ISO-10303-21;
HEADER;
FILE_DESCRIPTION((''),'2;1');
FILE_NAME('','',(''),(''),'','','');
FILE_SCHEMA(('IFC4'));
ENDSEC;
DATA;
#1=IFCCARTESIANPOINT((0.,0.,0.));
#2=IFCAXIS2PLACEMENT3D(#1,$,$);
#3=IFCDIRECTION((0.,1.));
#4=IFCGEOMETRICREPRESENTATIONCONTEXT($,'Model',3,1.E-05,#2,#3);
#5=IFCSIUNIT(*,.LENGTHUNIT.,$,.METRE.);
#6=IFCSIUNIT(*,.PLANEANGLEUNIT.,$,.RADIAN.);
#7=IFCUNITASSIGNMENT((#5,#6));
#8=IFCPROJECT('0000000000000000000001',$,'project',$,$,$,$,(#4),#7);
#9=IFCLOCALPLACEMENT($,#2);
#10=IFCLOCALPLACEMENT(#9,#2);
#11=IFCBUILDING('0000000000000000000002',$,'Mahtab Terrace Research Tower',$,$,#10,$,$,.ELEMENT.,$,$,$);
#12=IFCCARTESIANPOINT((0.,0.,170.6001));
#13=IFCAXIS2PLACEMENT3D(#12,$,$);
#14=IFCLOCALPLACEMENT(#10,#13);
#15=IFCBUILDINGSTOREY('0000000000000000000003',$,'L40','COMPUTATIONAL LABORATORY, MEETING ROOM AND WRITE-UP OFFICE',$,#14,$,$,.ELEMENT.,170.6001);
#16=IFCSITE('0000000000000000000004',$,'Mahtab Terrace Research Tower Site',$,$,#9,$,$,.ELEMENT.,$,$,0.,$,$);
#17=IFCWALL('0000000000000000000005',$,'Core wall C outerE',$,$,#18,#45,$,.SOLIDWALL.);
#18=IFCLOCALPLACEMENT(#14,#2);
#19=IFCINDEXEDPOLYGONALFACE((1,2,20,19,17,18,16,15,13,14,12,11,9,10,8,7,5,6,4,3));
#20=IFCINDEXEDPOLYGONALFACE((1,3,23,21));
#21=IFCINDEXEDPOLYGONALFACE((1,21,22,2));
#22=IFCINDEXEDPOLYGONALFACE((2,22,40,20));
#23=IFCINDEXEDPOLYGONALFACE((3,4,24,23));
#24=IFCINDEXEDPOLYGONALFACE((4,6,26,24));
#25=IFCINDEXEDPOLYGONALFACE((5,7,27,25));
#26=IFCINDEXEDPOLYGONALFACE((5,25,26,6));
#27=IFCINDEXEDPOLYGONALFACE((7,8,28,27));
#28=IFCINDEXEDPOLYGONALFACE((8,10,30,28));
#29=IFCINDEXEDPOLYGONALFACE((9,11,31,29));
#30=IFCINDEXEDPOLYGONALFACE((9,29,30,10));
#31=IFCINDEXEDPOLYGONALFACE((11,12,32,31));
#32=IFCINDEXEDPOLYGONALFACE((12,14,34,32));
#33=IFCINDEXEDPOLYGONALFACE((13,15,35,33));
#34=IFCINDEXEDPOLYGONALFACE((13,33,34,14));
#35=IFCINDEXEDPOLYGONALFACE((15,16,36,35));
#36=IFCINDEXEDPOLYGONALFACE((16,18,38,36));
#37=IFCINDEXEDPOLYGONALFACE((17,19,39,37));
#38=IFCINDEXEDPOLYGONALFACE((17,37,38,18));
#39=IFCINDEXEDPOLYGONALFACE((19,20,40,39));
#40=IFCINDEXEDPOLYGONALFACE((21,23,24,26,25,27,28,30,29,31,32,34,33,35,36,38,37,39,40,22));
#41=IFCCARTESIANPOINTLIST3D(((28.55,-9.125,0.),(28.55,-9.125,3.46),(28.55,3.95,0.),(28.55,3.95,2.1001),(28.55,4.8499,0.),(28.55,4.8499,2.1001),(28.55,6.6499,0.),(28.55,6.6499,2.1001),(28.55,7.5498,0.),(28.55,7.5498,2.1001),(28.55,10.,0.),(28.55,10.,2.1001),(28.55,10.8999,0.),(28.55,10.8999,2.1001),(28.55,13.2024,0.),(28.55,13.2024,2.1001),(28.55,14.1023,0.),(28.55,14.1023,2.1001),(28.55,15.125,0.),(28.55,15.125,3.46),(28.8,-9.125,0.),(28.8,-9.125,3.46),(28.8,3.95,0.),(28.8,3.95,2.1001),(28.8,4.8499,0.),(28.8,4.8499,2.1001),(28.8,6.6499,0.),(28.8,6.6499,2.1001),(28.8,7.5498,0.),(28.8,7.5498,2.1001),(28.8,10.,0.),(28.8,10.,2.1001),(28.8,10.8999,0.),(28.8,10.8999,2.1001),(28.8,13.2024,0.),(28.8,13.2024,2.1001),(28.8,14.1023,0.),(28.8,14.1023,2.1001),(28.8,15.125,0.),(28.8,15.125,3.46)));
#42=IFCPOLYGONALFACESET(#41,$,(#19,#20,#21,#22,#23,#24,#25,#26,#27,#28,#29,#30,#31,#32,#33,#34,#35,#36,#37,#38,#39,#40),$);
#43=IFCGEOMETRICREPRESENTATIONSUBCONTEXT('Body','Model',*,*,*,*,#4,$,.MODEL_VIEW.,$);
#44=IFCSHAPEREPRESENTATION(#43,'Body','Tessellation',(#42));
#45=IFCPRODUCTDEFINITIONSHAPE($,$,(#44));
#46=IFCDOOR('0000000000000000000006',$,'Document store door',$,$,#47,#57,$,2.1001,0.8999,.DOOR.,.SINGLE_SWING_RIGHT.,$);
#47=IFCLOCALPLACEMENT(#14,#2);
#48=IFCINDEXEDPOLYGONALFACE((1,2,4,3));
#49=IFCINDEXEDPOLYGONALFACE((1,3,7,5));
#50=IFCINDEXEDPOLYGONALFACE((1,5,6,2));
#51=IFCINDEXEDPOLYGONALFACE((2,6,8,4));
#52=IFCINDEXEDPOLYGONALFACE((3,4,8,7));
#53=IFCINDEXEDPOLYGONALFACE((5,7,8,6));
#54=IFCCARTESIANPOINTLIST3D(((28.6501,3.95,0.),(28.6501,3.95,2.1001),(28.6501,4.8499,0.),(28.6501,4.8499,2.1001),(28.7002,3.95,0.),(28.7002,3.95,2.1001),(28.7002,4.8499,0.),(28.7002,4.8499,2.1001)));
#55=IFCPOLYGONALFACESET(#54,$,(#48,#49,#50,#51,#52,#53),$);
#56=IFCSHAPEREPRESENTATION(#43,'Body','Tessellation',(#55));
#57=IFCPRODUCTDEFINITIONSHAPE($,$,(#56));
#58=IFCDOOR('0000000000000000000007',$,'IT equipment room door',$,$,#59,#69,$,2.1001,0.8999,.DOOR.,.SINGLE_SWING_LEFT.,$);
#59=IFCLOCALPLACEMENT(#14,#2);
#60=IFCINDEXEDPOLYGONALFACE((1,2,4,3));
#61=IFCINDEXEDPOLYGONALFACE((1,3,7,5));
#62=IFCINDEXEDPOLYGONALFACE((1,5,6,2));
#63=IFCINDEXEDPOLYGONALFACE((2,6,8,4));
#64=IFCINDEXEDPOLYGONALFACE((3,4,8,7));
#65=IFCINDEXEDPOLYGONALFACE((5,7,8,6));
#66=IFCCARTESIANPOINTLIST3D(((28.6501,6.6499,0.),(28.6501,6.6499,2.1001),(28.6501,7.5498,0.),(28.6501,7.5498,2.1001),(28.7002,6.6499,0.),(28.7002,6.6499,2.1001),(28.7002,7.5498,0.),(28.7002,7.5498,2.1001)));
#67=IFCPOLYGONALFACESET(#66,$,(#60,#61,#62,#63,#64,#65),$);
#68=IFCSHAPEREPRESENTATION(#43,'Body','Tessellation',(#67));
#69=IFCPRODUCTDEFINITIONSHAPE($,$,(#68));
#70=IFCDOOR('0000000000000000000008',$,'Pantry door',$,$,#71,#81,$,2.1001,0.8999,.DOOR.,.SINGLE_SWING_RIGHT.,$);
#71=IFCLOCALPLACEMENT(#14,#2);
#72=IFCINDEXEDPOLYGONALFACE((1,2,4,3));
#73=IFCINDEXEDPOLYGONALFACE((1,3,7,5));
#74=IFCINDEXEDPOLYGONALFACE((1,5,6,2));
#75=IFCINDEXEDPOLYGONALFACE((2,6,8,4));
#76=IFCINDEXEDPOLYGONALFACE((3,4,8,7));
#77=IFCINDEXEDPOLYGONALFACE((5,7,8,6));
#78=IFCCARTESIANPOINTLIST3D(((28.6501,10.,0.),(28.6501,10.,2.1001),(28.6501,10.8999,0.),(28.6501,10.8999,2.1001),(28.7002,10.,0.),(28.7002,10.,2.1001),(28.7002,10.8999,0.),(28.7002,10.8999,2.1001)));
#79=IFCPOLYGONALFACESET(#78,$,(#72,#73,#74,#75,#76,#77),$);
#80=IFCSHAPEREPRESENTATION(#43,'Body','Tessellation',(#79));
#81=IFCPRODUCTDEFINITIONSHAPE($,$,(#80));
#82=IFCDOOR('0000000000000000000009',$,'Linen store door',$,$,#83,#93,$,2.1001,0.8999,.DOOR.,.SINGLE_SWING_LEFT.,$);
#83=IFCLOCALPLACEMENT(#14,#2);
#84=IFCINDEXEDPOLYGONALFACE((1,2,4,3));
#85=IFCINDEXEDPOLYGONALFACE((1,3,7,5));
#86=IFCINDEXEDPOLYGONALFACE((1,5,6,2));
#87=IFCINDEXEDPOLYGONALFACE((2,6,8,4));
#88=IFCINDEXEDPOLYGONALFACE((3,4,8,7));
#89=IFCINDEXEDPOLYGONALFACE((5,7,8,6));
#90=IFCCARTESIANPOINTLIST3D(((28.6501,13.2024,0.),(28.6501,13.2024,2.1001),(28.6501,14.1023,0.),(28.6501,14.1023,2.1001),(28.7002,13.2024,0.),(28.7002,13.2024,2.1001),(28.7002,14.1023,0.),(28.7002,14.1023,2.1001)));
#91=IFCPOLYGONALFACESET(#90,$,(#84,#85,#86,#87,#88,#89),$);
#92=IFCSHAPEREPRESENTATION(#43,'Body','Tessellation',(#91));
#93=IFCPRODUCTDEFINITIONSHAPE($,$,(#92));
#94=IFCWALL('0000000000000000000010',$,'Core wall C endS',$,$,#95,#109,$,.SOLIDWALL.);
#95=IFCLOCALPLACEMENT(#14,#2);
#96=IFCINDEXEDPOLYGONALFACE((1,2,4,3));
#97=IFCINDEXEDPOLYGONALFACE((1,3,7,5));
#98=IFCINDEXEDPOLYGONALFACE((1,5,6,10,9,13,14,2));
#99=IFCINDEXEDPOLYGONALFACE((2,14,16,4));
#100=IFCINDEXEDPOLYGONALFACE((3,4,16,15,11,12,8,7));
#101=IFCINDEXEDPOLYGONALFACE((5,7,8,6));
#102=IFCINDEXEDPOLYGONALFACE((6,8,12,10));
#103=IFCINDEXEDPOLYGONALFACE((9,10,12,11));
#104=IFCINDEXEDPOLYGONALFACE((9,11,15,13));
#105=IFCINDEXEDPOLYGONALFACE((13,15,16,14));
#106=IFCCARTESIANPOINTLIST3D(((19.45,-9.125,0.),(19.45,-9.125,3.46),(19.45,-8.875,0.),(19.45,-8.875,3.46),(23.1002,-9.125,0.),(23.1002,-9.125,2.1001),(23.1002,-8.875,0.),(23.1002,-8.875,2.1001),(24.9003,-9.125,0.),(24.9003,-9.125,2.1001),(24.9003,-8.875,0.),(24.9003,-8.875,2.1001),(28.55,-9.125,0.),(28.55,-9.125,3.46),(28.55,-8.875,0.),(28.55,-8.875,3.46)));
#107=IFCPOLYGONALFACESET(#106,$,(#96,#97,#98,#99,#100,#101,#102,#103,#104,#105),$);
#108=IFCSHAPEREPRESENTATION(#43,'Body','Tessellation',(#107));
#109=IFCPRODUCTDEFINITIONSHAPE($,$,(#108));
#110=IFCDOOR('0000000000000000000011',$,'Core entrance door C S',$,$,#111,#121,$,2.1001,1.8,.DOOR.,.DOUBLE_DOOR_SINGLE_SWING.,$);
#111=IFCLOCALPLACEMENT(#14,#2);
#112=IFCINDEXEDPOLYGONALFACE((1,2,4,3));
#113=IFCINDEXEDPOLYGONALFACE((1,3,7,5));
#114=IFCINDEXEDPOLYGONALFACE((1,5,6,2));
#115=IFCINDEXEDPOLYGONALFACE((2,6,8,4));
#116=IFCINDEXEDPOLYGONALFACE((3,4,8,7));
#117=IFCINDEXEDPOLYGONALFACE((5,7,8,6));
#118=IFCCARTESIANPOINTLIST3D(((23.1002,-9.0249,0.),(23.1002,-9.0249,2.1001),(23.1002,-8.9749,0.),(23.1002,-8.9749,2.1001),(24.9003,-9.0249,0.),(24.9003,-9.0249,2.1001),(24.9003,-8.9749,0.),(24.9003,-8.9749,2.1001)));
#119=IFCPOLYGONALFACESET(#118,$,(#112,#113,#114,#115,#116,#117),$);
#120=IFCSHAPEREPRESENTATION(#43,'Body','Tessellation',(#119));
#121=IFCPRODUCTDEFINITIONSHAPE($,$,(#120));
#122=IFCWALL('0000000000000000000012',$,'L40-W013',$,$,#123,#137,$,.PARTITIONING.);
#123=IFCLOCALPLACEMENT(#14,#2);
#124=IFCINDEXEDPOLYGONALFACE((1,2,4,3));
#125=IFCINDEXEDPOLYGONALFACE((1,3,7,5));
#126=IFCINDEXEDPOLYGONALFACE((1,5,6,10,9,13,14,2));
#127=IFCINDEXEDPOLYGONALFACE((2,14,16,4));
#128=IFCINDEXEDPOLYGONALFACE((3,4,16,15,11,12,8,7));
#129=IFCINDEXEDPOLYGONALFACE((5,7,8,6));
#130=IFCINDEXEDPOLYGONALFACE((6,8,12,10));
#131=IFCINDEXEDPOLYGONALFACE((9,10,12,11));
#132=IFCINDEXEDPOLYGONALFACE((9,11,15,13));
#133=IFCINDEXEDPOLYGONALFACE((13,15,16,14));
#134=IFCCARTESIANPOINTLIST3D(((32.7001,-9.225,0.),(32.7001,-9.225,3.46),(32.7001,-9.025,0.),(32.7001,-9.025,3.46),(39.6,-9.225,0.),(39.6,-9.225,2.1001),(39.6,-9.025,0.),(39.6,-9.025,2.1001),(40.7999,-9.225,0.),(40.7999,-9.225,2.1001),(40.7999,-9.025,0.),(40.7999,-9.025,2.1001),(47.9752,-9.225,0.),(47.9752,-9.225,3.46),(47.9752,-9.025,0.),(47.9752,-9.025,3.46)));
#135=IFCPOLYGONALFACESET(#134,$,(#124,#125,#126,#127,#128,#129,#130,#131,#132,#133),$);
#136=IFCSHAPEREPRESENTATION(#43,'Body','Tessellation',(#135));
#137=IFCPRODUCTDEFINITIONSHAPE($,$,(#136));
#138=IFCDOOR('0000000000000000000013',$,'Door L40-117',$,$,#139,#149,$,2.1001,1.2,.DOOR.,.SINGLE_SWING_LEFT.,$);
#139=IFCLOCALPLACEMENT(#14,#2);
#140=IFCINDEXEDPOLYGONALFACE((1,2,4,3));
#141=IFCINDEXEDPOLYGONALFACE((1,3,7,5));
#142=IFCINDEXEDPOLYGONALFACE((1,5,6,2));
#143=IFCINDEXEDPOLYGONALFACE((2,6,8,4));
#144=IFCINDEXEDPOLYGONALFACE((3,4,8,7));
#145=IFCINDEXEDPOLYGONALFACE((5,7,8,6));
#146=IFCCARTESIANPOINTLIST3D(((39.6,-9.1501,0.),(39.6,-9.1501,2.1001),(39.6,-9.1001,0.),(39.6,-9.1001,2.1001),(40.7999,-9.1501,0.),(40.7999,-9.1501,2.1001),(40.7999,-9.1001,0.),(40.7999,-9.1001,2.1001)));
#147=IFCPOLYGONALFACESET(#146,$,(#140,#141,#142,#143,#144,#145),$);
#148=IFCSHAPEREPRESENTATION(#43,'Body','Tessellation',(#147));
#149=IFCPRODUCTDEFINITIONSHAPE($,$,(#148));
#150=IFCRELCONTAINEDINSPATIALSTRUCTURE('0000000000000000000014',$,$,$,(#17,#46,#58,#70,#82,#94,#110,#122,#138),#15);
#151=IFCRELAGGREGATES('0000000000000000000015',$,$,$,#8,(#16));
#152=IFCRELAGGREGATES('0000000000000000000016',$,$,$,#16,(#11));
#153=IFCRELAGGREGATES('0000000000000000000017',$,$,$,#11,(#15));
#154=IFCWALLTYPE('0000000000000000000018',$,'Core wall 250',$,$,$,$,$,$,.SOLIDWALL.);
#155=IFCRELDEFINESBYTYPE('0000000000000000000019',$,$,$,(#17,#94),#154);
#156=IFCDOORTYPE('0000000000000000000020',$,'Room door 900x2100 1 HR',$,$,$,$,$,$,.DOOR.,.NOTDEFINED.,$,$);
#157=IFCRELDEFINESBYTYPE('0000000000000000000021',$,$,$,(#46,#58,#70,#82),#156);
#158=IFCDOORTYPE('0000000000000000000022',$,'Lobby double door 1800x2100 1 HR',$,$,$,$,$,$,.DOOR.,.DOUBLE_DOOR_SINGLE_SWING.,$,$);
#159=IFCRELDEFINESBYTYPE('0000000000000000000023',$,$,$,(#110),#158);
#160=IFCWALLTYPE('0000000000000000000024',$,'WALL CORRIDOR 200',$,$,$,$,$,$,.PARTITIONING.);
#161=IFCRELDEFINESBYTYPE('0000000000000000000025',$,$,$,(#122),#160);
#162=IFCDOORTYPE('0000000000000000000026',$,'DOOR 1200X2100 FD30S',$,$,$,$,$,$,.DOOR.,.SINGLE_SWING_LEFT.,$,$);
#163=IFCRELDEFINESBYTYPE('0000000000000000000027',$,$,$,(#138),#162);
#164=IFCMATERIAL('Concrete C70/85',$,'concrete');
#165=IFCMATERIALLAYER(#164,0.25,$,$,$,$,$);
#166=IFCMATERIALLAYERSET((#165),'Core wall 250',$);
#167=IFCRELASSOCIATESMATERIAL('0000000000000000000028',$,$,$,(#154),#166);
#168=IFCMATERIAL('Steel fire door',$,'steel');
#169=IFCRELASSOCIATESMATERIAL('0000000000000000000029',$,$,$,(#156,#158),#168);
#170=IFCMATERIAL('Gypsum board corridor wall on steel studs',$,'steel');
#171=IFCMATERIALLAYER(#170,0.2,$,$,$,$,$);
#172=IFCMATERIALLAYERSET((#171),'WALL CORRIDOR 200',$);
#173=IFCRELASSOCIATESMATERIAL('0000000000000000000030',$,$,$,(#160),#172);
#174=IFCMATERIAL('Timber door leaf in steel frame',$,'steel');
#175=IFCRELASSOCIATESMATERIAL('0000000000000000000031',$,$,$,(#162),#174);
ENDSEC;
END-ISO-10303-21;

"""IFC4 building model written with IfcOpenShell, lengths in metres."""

from ifc_helpers import new_model, si_unit, direction, frame, frame_2d, origin, place, context, subcontext, project, spatial, rectangle, extrude, material, layer, layer_set, type_object, element, fill, save


model = new_model("IFC4")

# Units and contexts
model_context = context("Model", 3, precision=1e-05, world=origin(), true_north=direction((0.0, 1.0)))
body_context = subcontext(model_context, "Body", "Model", "MODEL_VIEW")
ifc_project = project(units=[si_unit("LENGTHUNIT", "METRE"), si_unit("PLANEANGLEUNIT", "RADIAN")], contexts=[model_context])

# Site, building, storey
site_placement = place(None, origin())
site = spatial("IfcSite", under=ifc_project, at=site_placement, Name="Mahtab Terrace Research Tower Site", CompositionType="ELEMENT", RefElevation=0.0)
building_placement = place(site_placement, origin())
building = spatial("IfcBuilding", under=site, at=building_placement, Name="Mahtab Terrace Research Tower", CompositionType="ELEMENT")
storey_placement = place(building_placement, frame((0.0, 0.0, 170.6001)))
storey = spatial("IfcBuildingStorey", under=building, at=storey_placement, Name="L40", Description="COMPUTATIONAL LABORATORY, MEETING ROOM AND WRITE-UP OFFICE", CompositionType="ELEMENT", Elevation=170.6001)

# Wall, openings, doors
ifc_material_1 = material(Name="Concrete C70/85", Category="concrete")
ifc_layer_1 = layer(ifc_material_1, 0.25)
ifc_layer_set_1 = layer_set([ifc_layer_1], Name="Core wall 250")
wall_type_1 = type_object("IfcWallType", Name="Core wall 250", PredefinedType="SOLIDWALL", material=ifc_layer_set_1)
wall_1_placement = place(storey_placement, frame((28.675, -9.125, 0.0), z_axis=(0.0, 0.0, 1.0), x_axis=(0.0, 1.0, 0.0)))
wall_1 = element("IfcWall", 1, at=wall_1_placement, inside=storey, type_object=wall_type_1, Name="Core wall C outerE", PredefinedType="SOLIDWALL", context=body_context, shape_type="SweptSolid", body=[
    extrude(rectangle(XDim=24.25, YDim=0.25, at=frame_2d((12.125, 0.0))), origin(), (0.0, 0.0, 1.0), 3.46),
])
opening_1_placement = place(wall_1_placement, frame((13.075, 0.0, 0.0)))
opening_1 = element("IfcOpeningElement", 2, at=opening_1_placement, cuts=wall_1, PredefinedType="OPENING", context=body_context, shape_type="SweptSolid", body=[
    extrude(rectangle(XDim=0.8999, YDim=2.1001, at=frame_2d((0.45, 1.05))), frame((0.0, 0.135, 0.0), z_axis=(0.0, -1.0, 0.0), x_axis=(1.0, 0.0, 0.0)), (0.0, 0.0, 1.0), 0.27),
])
opening_2_placement = place(wall_1_placement, frame((15.7749, 0.0, 0.0)))
opening_2 = element("IfcOpeningElement", 3, at=opening_2_placement, cuts=wall_1, PredefinedType="OPENING", context=body_context, shape_type="SweptSolid", body=[
    extrude(rectangle(XDim=0.8999, YDim=2.1001, at=frame_2d((0.45, 1.05))), frame((0.0, 0.135, 0.0), z_axis=(0.0, -1.0, 0.0), x_axis=(1.0, 0.0, 0.0)), (0.0, 0.0, 1.0), 0.27),
])
opening_3_placement = place(wall_1_placement, frame((19.125, 0.0, 0.0)))
opening_3 = element("IfcOpeningElement", 4, at=opening_3_placement, cuts=wall_1, PredefinedType="OPENING", context=body_context, shape_type="SweptSolid", body=[
    extrude(rectangle(XDim=0.8999, YDim=2.1001, at=frame_2d((0.45, 1.05))), frame((0.0, 0.135, 0.0), z_axis=(0.0, -1.0, 0.0), x_axis=(1.0, 0.0, 0.0)), (0.0, 0.0, 1.0), 0.27),
])
opening_4_placement = place(wall_1_placement, frame((22.3274, 0.0, 0.0)))
opening_4 = element("IfcOpeningElement", 5, at=opening_4_placement, cuts=wall_1, PredefinedType="OPENING", context=body_context, shape_type="SweptSolid", body=[
    extrude(rectangle(XDim=0.8999, YDim=2.1001, at=frame_2d((0.45, 1.05))), frame((0.0, 0.135, 0.0), z_axis=(0.0, -1.0, 0.0), x_axis=(1.0, 0.0, 0.0)), (0.0, 0.0, 1.0), 0.27),
])
ifc_material_2 = material(Name="Steel fire door", Category="steel")
door_type_1 = type_object("IfcDoorType", Name="Room door 900x2100 1 HR", OperationType="NOTDEFINED", PredefinedType="DOOR", material=ifc_material_2)
door_1_placement = place(opening_1_placement, origin())
door_1 = element("IfcDoor", 6, at=door_1_placement, inside=storey, type_object=door_type_1, Name="Document store door", OperationType="SINGLE_SWING_RIGHT", OverallHeight=2.1001, OverallWidth=0.8999, PredefinedType="DOOR", context=body_context, shape_type="SweptSolid", body=[
    extrude(rectangle(XDim=0.8999, YDim=2.1001, at=frame_2d((0.45, 1.05))), frame((0.0, 0.0249, 0.0), z_axis=(0.0, -1.0, 0.0), x_axis=(1.0, 0.0, 0.0)), (0.0, 0.0, 1.0), 0.05),
])
fill(opening_1, door_1)
door_2_placement = place(opening_2_placement, origin())
door_2 = element("IfcDoor", 7, at=door_2_placement, inside=storey, type_object=door_type_1, Name="IT equipment room door", OperationType="SINGLE_SWING_LEFT", OverallHeight=2.1001, OverallWidth=0.8999, PredefinedType="DOOR", context=body_context, shape_type="SweptSolid", body=[
    extrude(rectangle(XDim=0.8999, YDim=2.1001, at=frame_2d((0.45, 1.05))), frame((0.0, 0.0249, 0.0), z_axis=(0.0, -1.0, 0.0), x_axis=(1.0, 0.0, 0.0)), (0.0, 0.0, 1.0), 0.05),
])
fill(opening_2, door_2)
door_3_placement = place(opening_3_placement, origin())
door_3 = element("IfcDoor", 8, at=door_3_placement, inside=storey, type_object=door_type_1, Name="Pantry door", OperationType="SINGLE_SWING_RIGHT", OverallHeight=2.1001, OverallWidth=0.8999, PredefinedType="DOOR", context=body_context, shape_type="SweptSolid", body=[
    extrude(rectangle(XDim=0.8999, YDim=2.1001, at=frame_2d((0.45, 1.05))), frame((0.0, 0.0249, 0.0), z_axis=(0.0, -1.0, 0.0), x_axis=(1.0, 0.0, 0.0)), (0.0, 0.0, 1.0), 0.05),
])
fill(opening_3, door_3)
door_4_placement = place(opening_4_placement, origin())
door_4 = element("IfcDoor", 9, at=door_4_placement, inside=storey, type_object=door_type_1, Name="Linen store door", OperationType="SINGLE_SWING_LEFT", OverallHeight=2.1001, OverallWidth=0.8999, PredefinedType="DOOR", context=body_context, shape_type="SweptSolid", body=[
    extrude(rectangle(XDim=0.8999, YDim=2.1001, at=frame_2d((0.45, 1.05))), frame((0.0, 0.0249, 0.0), z_axis=(0.0, -1.0, 0.0), x_axis=(1.0, 0.0, 0.0)), (0.0, 0.0, 1.0), 0.05),
])
fill(opening_4, door_4)

# Walls, openings, doors
wall_2_placement = place(storey_placement, frame((28.55, -9.0, 0.0), z_axis=(0.0, 0.0, 1.0), x_axis=(-1.0, 0.0, 0.0)))
wall_2 = element("IfcWall", 10, at=wall_2_placement, inside=storey, type_object=wall_type_1, Name="Core wall C endS", PredefinedType="SOLIDWALL", context=body_context, shape_type="SweptSolid", body=[
    extrude(rectangle(XDim=9.1001, YDim=0.25, at=frame_2d((4.55, 0.0))), origin(), (0.0, 0.0, 1.0), 3.46),
])
opening_5_placement = place(wall_2_placement, frame((3.6499, 0.0, 0.0)))
opening_5 = element("IfcOpeningElement", 11, at=opening_5_placement, cuts=wall_2, PredefinedType="OPENING", context=body_context, shape_type="SweptSolid", body=[
    extrude(rectangle(XDim=1.8, YDim=2.1001, at=frame_2d((0.8999, 1.05))), frame((0.0, 0.135, 0.0), z_axis=(0.0, -1.0, 0.0), x_axis=(1.0, 0.0, 0.0)), (0.0, 0.0, 1.0), 0.27),
])
door_type_2 = type_object("IfcDoorType", Name="Lobby double door 1800x2100 1 HR", OperationType="DOUBLE_DOOR_SINGLE_SWING", PredefinedType="DOOR", material=ifc_material_2)
door_5_placement = place(opening_5_placement, origin())
door_5 = element("IfcDoor", 12, at=door_5_placement, inside=storey, type_object=door_type_2, Name="Core entrance door C S", OperationType="DOUBLE_DOOR_SINGLE_SWING", OverallHeight=2.1001, OverallWidth=1.8, PredefinedType="DOOR", context=body_context, shape_type="SweptSolid", body=[
    extrude(rectangle(XDim=1.8, YDim=2.1001, at=frame_2d((0.8999, 1.05))), frame((0.0, 0.0249, 0.0), z_axis=(0.0, -1.0, 0.0), x_axis=(1.0, 0.0, 0.0)), (0.0, 0.0, 1.0), 0.05),
])
fill(opening_5, door_5)
ifc_material_3 = material(Name="Gypsum board corridor wall on steel studs", Category="steel")
ifc_layer_2 = layer(ifc_material_3, 0.2)
ifc_layer_set_2 = layer_set([ifc_layer_2], Name="WALL CORRIDOR 200")
wall_type_2 = type_object("IfcWallType", Name="WALL CORRIDOR 200", PredefinedType="PARTITIONING", material=ifc_layer_set_2)
wall_3_placement = place(storey_placement, frame((32.7, -9.125, 0.0), z_axis=(0.0, 0.0, 1.0), x_axis=(1.0, 0.0, 0.0)))
wall_3 = element("IfcWall", 13, at=wall_3_placement, inside=storey, type_object=wall_type_2, Name="L40-W013", PredefinedType="PARTITIONING", context=body_context, shape_type="SweptSolid", body=[
    extrude(rectangle(XDim=15.2751, YDim=0.2, at=frame_2d((7.6377, 0.0))), origin(), (0.0, 0.0, 1.0), 3.46),
])
opening_6_placement = place(wall_3_placement, frame((6.8999, 0.0, 0.0)))
opening_6 = element("IfcOpeningElement", 14, at=opening_6_placement, cuts=wall_3, PredefinedType="OPENING", context=body_context, shape_type="SweptSolid", body=[
    extrude(rectangle(XDim=1.2, YDim=2.1001, at=frame_2d((0.6001, 1.05))), frame((0.0, 0.1099, 0.0), z_axis=(0.0, -1.0, 0.0), x_axis=(1.0, 0.0, 0.0)), (0.0, 0.0, 1.0), 0.22),
])
ifc_material_4 = material(Name="Timber door leaf in steel frame", Category="steel")
door_type_3 = type_object("IfcDoorType", Name="DOOR 1200X2100 FD30S", OperationType="SINGLE_SWING_LEFT", PredefinedType="DOOR", material=ifc_material_4)
door_6_placement = place(opening_6_placement, origin())
door_6 = element("IfcDoor", 15, at=door_6_placement, inside=storey, type_object=door_type_3, Name="Door L40-117", OperationType="SINGLE_SWING_LEFT", OverallHeight=2.1001, OverallWidth=1.2, PredefinedType="DOOR", context=body_context, shape_type="SweptSolid", body=[
    extrude(rectangle(XDim=1.2, YDim=2.1001, at=frame_2d((0.6001, 1.05))), frame((0.0, 0.0249, 0.0), z_axis=(0.0, -1.0, 0.0), x_axis=(1.0, 0.0, 0.0)), (0.0, 0.0, 1.0), 0.05),
])
fill(opening_6, door_6)

save(model, "model.ifc")
